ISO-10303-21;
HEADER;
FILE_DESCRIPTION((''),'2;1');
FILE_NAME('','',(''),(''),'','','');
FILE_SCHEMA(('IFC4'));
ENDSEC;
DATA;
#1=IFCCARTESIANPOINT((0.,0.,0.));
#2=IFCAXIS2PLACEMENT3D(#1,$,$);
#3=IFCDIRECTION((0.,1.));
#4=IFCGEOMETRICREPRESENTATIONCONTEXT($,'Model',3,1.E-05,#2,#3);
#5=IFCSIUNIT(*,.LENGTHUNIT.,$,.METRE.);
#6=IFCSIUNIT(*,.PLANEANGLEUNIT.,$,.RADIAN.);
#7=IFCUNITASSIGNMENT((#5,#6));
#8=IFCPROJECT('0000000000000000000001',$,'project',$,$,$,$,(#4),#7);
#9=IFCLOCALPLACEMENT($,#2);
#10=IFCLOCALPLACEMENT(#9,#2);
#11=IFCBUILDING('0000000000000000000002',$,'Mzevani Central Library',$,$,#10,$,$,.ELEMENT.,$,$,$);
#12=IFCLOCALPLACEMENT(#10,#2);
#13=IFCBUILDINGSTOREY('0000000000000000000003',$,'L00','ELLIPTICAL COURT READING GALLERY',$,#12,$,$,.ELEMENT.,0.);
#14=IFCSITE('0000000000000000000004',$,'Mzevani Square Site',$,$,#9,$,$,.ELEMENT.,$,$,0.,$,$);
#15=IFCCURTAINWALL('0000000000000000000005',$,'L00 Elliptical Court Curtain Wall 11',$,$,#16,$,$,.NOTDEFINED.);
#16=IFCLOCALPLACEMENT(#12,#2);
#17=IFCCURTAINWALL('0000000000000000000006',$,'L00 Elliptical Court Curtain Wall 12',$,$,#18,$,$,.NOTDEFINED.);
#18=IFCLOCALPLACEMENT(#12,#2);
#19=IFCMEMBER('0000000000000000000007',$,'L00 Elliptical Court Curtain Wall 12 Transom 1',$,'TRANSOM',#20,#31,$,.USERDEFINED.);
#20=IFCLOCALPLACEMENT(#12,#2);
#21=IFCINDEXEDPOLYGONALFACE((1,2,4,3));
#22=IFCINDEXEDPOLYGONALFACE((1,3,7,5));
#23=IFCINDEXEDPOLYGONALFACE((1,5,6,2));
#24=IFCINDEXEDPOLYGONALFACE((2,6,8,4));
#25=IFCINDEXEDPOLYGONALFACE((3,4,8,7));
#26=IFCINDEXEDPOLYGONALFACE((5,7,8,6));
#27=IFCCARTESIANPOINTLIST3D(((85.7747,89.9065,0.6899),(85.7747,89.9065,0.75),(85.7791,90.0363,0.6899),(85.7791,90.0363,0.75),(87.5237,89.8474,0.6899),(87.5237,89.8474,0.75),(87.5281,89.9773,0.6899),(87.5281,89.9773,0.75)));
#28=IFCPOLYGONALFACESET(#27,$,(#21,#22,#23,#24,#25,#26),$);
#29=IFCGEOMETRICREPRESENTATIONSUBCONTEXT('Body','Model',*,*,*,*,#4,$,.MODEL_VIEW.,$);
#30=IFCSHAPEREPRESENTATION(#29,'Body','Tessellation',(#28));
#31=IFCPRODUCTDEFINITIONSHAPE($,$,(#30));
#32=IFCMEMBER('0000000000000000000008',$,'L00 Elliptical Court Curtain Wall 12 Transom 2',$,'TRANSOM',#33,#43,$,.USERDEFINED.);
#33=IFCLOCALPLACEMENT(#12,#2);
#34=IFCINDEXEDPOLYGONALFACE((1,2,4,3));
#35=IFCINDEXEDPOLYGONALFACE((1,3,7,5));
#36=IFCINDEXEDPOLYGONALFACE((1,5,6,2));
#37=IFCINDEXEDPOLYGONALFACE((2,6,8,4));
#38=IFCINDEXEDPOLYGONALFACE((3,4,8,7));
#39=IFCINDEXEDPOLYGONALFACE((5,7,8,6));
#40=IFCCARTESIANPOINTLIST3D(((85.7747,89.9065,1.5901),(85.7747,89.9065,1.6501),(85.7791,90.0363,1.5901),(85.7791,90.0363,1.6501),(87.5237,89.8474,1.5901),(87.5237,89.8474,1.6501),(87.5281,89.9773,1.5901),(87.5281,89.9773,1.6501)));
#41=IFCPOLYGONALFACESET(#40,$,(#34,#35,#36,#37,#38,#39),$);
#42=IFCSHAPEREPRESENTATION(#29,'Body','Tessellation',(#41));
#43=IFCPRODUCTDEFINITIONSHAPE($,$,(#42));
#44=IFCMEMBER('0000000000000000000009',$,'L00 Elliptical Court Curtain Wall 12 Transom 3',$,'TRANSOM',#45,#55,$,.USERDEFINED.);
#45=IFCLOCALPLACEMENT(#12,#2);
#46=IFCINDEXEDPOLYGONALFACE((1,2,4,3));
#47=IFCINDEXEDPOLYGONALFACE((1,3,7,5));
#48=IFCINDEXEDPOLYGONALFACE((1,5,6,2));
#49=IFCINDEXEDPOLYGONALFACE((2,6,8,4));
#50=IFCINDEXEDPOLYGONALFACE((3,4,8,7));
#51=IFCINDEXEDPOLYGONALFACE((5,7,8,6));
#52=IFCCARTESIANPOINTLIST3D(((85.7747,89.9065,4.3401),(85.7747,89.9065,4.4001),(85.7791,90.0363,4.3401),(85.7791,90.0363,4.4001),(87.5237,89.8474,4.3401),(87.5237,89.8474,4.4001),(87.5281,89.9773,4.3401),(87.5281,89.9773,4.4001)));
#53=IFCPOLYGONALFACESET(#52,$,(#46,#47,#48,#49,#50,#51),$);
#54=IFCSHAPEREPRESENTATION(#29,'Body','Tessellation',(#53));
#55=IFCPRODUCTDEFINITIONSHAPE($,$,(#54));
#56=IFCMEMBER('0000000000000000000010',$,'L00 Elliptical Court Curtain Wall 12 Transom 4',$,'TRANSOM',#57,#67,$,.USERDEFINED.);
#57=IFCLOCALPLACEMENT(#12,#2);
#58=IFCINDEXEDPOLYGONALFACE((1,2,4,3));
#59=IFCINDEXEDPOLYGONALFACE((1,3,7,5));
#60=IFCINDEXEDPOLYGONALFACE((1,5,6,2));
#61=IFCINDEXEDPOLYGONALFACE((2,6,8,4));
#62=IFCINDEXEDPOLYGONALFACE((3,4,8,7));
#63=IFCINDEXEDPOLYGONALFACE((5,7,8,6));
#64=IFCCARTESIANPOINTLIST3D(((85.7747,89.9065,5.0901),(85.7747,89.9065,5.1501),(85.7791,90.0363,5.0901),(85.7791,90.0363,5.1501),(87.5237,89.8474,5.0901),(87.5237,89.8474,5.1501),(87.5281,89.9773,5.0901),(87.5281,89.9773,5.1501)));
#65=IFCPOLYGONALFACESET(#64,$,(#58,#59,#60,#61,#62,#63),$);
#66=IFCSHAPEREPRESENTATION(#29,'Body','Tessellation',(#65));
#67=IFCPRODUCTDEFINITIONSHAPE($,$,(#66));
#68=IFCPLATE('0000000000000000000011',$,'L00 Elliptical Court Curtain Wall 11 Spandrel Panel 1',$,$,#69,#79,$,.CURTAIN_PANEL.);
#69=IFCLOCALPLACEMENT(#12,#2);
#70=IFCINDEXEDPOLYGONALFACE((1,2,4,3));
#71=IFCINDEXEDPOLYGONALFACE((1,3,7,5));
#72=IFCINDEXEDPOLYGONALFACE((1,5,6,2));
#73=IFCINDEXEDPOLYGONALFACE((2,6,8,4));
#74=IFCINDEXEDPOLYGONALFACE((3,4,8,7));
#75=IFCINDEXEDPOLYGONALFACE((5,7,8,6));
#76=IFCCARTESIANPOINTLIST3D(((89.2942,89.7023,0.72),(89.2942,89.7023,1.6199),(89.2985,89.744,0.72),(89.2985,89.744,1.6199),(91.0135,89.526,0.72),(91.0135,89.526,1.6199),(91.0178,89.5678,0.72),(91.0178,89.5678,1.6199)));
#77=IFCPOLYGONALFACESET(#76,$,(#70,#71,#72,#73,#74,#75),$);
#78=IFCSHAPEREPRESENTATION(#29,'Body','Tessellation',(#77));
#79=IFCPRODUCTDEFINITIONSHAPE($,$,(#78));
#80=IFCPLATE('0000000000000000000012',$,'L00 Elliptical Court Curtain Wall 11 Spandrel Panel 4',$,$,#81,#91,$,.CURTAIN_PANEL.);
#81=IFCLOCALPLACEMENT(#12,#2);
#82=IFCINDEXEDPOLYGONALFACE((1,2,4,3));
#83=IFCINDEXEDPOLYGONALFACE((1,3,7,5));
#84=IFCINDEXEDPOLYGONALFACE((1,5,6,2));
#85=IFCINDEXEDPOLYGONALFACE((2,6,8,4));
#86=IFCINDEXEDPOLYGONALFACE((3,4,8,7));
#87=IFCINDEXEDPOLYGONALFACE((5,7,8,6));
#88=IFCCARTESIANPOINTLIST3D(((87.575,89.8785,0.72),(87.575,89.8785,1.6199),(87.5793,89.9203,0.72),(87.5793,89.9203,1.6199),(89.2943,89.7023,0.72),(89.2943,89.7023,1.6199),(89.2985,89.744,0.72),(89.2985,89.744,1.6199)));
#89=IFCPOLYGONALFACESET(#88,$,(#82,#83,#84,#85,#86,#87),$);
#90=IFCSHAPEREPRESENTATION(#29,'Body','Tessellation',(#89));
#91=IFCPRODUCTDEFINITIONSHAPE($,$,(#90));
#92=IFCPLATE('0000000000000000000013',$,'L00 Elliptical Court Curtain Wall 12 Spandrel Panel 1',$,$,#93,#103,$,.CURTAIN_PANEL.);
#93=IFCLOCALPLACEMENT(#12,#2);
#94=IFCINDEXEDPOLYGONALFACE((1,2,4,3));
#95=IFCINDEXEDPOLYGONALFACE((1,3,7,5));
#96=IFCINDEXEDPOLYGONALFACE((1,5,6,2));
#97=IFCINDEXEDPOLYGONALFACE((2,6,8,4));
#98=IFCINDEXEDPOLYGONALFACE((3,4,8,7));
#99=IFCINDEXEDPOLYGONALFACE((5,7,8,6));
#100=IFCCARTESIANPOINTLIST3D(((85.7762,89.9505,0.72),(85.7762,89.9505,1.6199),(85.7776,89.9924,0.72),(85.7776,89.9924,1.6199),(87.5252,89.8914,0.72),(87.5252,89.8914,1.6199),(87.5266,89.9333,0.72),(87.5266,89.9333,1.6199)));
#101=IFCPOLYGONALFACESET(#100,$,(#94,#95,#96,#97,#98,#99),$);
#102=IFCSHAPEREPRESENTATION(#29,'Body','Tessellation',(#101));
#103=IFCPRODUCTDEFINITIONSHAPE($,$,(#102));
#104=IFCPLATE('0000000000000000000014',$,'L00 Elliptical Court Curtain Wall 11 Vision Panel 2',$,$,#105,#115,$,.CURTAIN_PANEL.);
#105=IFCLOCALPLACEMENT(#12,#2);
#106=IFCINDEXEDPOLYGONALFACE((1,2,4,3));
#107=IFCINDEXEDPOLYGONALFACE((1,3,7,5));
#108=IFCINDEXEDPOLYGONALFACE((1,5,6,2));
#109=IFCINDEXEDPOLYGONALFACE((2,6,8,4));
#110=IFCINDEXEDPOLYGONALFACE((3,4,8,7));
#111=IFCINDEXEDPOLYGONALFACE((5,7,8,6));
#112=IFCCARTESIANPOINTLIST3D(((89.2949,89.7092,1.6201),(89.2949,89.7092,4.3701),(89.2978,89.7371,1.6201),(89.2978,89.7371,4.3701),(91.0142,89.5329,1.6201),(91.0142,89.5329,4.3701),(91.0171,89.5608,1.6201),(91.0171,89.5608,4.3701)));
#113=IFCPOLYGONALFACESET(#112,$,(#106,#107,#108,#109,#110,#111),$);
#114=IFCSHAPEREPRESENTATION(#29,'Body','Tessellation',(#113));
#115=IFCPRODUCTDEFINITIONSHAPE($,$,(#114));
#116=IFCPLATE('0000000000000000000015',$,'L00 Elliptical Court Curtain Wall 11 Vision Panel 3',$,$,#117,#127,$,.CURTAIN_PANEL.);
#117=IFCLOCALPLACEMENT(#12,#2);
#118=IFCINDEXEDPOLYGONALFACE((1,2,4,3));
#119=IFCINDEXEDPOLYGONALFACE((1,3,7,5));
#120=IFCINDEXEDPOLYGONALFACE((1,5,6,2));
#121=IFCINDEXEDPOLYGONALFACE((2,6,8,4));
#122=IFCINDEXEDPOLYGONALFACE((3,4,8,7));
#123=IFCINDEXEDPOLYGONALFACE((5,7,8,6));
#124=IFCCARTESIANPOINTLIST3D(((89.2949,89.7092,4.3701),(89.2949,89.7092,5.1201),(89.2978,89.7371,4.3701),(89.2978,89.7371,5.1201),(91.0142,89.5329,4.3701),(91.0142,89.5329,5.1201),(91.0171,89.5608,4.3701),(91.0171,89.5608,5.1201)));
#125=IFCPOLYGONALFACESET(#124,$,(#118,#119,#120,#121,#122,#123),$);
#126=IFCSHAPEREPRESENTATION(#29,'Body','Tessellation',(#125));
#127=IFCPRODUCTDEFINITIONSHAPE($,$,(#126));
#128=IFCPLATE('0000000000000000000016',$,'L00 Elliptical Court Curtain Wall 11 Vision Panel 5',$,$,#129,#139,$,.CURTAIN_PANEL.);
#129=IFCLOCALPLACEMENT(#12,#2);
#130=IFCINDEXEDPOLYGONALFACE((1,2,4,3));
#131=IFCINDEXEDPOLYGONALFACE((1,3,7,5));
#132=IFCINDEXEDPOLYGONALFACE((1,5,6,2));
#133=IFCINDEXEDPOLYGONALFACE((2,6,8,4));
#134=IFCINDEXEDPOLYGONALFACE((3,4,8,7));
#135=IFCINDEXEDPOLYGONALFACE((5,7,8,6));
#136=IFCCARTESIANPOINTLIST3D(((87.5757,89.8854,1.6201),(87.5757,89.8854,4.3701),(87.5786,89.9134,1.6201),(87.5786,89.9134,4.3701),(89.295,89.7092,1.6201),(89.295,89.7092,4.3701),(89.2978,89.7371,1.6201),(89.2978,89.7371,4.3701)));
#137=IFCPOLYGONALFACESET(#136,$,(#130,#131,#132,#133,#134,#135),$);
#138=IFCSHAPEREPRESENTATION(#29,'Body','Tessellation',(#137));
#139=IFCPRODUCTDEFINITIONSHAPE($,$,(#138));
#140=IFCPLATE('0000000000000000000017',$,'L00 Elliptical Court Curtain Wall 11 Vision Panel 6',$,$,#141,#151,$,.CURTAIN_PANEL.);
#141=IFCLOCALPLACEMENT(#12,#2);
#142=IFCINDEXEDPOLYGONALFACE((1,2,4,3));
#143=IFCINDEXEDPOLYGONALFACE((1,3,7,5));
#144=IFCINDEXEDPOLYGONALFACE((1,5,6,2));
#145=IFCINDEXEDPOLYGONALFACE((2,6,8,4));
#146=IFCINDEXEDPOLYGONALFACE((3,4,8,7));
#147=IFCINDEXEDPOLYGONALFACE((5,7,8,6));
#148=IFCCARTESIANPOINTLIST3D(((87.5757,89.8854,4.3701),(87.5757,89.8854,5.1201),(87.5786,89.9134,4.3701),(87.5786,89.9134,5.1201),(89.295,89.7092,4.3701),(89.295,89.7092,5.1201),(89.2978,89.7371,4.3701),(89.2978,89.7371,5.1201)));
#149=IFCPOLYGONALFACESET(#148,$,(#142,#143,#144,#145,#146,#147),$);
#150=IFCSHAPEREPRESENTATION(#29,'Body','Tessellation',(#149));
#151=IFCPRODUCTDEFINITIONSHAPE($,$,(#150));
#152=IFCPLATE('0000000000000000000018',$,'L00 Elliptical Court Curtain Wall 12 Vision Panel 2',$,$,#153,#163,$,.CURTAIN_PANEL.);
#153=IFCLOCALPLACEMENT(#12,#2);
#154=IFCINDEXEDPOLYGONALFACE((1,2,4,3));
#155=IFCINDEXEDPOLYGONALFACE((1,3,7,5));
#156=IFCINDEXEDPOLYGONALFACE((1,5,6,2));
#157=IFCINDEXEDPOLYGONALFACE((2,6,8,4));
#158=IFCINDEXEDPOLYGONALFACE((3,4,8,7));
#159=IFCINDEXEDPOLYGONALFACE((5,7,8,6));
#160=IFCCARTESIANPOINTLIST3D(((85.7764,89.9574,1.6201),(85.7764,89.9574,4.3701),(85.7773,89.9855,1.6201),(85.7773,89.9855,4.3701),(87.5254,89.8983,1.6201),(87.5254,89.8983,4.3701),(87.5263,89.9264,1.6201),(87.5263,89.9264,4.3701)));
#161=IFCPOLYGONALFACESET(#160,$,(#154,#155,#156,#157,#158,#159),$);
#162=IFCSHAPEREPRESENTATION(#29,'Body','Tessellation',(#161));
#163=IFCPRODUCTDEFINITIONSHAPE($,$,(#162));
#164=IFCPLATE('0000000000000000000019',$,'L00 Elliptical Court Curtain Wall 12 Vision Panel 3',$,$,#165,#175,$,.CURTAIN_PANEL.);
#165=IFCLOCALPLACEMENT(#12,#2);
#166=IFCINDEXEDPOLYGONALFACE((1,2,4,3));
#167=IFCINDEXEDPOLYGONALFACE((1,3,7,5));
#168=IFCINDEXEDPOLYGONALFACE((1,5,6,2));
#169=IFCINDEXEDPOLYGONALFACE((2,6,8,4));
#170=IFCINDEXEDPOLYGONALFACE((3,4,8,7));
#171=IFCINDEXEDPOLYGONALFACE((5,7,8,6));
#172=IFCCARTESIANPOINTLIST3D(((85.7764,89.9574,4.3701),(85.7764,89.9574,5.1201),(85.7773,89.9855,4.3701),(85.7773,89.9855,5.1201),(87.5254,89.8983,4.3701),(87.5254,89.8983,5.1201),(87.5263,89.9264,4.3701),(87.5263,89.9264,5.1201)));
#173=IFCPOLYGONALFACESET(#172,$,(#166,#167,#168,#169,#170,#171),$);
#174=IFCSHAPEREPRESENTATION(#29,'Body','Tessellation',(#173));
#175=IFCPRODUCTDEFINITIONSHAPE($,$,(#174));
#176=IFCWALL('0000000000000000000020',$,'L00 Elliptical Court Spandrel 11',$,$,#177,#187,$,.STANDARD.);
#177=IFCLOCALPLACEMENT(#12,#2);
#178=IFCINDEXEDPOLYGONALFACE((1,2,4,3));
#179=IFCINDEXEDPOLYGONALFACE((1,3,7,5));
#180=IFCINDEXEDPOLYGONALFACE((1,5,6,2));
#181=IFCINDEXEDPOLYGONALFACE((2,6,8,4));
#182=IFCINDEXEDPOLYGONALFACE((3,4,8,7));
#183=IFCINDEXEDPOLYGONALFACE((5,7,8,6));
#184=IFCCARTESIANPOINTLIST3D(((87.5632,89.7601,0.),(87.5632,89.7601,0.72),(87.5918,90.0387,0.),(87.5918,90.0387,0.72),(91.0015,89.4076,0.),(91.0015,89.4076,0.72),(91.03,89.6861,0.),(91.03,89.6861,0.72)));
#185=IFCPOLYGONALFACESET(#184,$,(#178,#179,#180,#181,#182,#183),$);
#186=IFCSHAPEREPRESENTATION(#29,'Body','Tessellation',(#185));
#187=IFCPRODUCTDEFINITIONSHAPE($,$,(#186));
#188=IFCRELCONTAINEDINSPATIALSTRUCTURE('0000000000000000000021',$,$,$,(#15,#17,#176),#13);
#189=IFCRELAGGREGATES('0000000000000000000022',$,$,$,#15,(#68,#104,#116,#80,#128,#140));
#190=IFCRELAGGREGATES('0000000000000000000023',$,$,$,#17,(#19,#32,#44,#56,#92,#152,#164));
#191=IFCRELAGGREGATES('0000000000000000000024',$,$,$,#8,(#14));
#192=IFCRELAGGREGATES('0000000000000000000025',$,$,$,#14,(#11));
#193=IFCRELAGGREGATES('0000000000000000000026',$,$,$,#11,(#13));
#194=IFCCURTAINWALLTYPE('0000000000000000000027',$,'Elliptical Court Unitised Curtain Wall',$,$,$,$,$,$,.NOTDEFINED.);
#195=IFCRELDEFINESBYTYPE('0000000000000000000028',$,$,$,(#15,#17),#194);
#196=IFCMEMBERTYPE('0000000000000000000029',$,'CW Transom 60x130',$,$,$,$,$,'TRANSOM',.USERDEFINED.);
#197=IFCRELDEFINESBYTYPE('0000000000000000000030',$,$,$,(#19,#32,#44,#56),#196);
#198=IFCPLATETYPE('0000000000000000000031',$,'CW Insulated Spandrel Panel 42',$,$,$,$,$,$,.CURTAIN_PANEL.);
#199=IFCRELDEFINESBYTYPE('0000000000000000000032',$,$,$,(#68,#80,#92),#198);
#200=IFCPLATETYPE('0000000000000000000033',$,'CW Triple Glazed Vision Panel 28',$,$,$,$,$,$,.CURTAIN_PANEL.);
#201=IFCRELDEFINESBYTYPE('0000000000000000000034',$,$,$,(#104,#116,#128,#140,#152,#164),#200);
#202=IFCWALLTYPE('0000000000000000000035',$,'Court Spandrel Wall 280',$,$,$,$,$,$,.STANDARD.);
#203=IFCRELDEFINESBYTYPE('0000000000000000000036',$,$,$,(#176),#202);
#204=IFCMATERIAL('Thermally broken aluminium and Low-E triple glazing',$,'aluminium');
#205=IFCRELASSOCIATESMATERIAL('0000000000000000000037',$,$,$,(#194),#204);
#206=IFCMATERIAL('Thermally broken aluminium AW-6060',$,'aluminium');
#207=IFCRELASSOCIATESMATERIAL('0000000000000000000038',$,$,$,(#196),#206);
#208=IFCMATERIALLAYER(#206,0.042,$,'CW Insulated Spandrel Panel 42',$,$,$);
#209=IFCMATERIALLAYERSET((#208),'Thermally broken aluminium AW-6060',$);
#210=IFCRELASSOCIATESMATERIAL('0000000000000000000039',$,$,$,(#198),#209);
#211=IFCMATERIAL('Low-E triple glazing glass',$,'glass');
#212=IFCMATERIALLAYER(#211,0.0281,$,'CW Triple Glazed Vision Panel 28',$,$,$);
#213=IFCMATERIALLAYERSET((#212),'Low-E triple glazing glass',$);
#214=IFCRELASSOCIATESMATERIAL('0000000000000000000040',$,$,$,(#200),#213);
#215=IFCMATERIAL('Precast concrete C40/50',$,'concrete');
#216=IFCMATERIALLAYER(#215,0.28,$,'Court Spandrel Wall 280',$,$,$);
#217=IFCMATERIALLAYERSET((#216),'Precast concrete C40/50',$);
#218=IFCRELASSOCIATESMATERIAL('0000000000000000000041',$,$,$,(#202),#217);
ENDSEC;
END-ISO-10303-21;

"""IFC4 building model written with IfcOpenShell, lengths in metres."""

from ifc_helpers import new_model, si_unit, direction, frame, frame_2d, origin, origin_2d, place, context, subcontext, project, spatial, rectangle, extrude, material, layer, layer_set, material_profile, profile_set, type_object, element, aggregate, save


model = new_model("IFC4")

# Units and contexts
model_context = context("Model", 3, precision=1e-05, world=origin(), true_north=direction((0.0, 1.0)))
body_context = subcontext(model_context, "Body", "Model", "MODEL_VIEW")
ifc_project = project(units=[si_unit("LENGTHUNIT", "METRE"), si_unit("PLANEANGLEUNIT", "RADIAN")], contexts=[model_context])

# Site, building, storey
site_placement = place(None, origin())
site = spatial("IfcSite", under=ifc_project, at=site_placement, Name="Mzevani Square Site", CompositionType="ELEMENT", RefElevation=0.0)
building_placement = place(site_placement, origin())
building = spatial("IfcBuilding", under=site, at=building_placement, Name="Mzevani Central Library", CompositionType="ELEMENT")
storey_placement = place(building_placement, origin())
storey = spatial("IfcBuildingStorey", under=building, at=storey_placement, Name="L00", Description="ELLIPTICAL COURT READING GALLERY", CompositionType="ELEMENT", Elevation=0.0)

# Curtain wall
ifc_material_1 = material(Name="Thermally broken aluminium and Low-E triple glazing", Category="aluminium")
curtain_wall_type = type_object("IfcCurtainWallType", Name="Elliptical Court Unitised Curtain Wall", PredefinedType="NOTDEFINED", material=ifc_material_1)
curtain_wall_1_placement = place(storey_placement, origin())
curtain_wall_1 = element("IfcCurtainWall", 1, at=curtain_wall_1_placement, inside=storey, type_object=curtain_wall_type, Name="L00 Elliptical Court Curtain Wall 11", PredefinedType="NOTDEFINED")
ifc_material_2 = material(Name="Thermally broken aluminium AW-6060", Category="aluminium")

# Curtain wall
curtain_wall_2_placement = place(storey_placement, origin())
curtain_wall_2 = element("IfcCurtainWall", 2, at=curtain_wall_2_placement, inside=storey, type_object=curtain_wall_type, Name="L00 Elliptical Court Curtain Wall 12", PredefinedType="NOTDEFINED")

# Members
ifc_material_profile_1 = material_profile(ifc_material_2, rectangle(XDim=0.1299, YDim=0.0601, at=origin_2d()), Name="ALU T60x130")
ifc_profile_set_1 = profile_set([ifc_material_profile_1], Name="Thermally broken aluminium AW-6060")
member_type_1 = type_object("IfcMemberType", Name="CW Transom 60x130", ElementType="TRANSOM", PredefinedType="USERDEFINED", material=ifc_profile_set_1)
member_1_placement = place(storey_placement, frame((87.5259, 89.9124, 0.72), z_axis=(-0.99943, 0.033761, 0.0), x_axis=(-0.033761, -0.99943, 0.0)))
member_1 = element("IfcMember", 3, at=member_1_placement, type_object=member_type_1, Name="L00 Elliptical Court Curtain Wall 12 Transom 1", ObjectType="TRANSOM", PredefinedType="USERDEFINED", context=body_context, shape_type="SweptSolid", body=[
    extrude(rectangle(XDim=0.1299, YDim=0.0601, at=origin_2d()), origin(), (0.0, 0.0, 1.0), 1.75),
])
member_2_placement = place(storey_placement, frame((87.5259, 89.9124, 1.6201), z_axis=(-0.99943, 0.033761, 0.0), x_axis=(-0.033761, -0.99943, 0.0)))
member_2 = element("IfcMember", 4, at=member_2_placement, type_object=member_type_1, Name="L00 Elliptical Court Curtain Wall 12 Transom 2", ObjectType="TRANSOM", PredefinedType="USERDEFINED", context=body_context, shape_type="SweptSolid", body=[
    extrude(rectangle(XDim=0.1299, YDim=0.0601, at=origin_2d()), origin(), (0.0, 0.0, 1.0), 1.75),
])
member_3_placement = place(storey_placement, frame((87.5259, 89.9124, 4.3701), z_axis=(-0.99943, 0.033761, 0.0), x_axis=(-0.033761, -0.99943, 0.0)))
member_3 = element("IfcMember", 5, at=member_3_placement, type_object=member_type_1, Name="L00 Elliptical Court Curtain Wall 12 Transom 3", ObjectType="TRANSOM", PredefinedType="USERDEFINED", context=body_context, shape_type="SweptSolid", body=[
    extrude(rectangle(XDim=0.1299, YDim=0.0601, at=origin_2d()), origin(), (0.0, 0.0, 1.0), 1.75),
])
member_4_placement = place(storey_placement, frame((87.5259, 89.9124, 5.1201), z_axis=(-0.99943, 0.033761, 0.0), x_axis=(-0.033761, -0.99943, 0.0)))
member_4 = element("IfcMember", 6, at=member_4_placement, type_object=member_type_1, Name="L00 Elliptical Court Curtain Wall 12 Transom 4", ObjectType="TRANSOM", PredefinedType="USERDEFINED", context=body_context, shape_type="SweptSolid", body=[
    extrude(rectangle(XDim=0.1299, YDim=0.0601, at=origin_2d()), origin(), (0.0, 0.0, 1.0), 1.75),
])

# Plates
ifc_layer_1 = layer(ifc_material_2, 0.042, Name="CW Insulated Spandrel Panel 42")
ifc_layer_set_1 = layer_set([ifc_layer_1], Name="Thermally broken aluminium AW-6060")
plate_type_1 = type_object("IfcPlateType", Name="CW Insulated Spandrel Panel 42", PredefinedType="CURTAIN_PANEL", material=ifc_layer_set_1)
plate_1_placement = place(storey_placement, frame((90.156, 89.635, 0.72), z_axis=(0.0, 0.0, 1.0), x_axis=(-0.994786, 0.101987, 0.0)))
plate_1 = element("IfcPlate", 7, at=plate_1_placement, type_object=plate_type_1, Name="L00 Elliptical Court Curtain Wall 11 Spandrel Panel 1", PredefinedType="CURTAIN_PANEL", context=body_context, shape_type="SweptSolid", body=[
    extrude(rectangle(XDim=1.7283, YDim=0.042, at=origin_2d()), origin(), (0.0, 0.0, 1.0), 0.8999),
])
plate_2_placement = place(storey_placement, frame((88.4368, 89.8113, 0.72), z_axis=(0.0, 0.0, 1.0), x_axis=(-0.994786, 0.101987, 0.0)))
plate_2 = element("IfcPlate", 8, at=plate_2_placement, type_object=plate_type_1, Name="L00 Elliptical Court Curtain Wall 11 Spandrel Panel 4", PredefinedType="CURTAIN_PANEL", context=body_context, shape_type="SweptSolid", body=[
    extrude(rectangle(XDim=1.7283, YDim=0.042, at=origin_2d()), origin(), (0.0, 0.0, 1.0), 0.8999),
])
plate_3_placement = place(storey_placement, frame((86.6514, 89.9419, 0.72), z_axis=(0.0, 0.0, 1.0), x_axis=(-0.99943, 0.033771, 0.0)))
plate_3 = element("IfcPlate", 9, at=plate_3_placement, type_object=plate_type_1, Name="L00 Elliptical Court Curtain Wall 12 Spandrel Panel 1", PredefinedType="CURTAIN_PANEL", context=body_context, shape_type="SweptSolid", body=[
    extrude(rectangle(XDim=1.75, YDim=0.042, at=origin_2d()), origin(), (0.0, 0.0, 1.0), 0.8999),
])
ifc_material_3 = material(Name="Low-E triple glazing glass", Category="glass")
ifc_layer_2 = layer(ifc_material_3, 0.0281, Name="CW Triple Glazed Vision Panel 28")
ifc_layer_set_2 = layer_set([ifc_layer_2], Name="Low-E triple glazing glass")
plate_type_2 = type_object("IfcPlateType", Name="CW Triple Glazed Vision Panel 28", PredefinedType="CURTAIN_PANEL", material=ifc_layer_set_2)
plate_4_placement = place(storey_placement, frame((90.156, 89.635, 1.6201), z_axis=(0.0, 0.0, 1.0), x_axis=(-0.994786, 0.101987, 0.0)))
plate_4 = element("IfcPlate", 10, at=plate_4_placement, type_object=plate_type_2, Name="L00 Elliptical Court Curtain Wall 11 Vision Panel 2", PredefinedType="CURTAIN_PANEL", context=body_context, shape_type="SweptSolid", body=[
    extrude(rectangle(XDim=1.7283, YDim=0.0281, at=origin_2d()), origin(), (0.0, 0.0, 1.0), 2.75),
])
plate_5_placement = place(storey_placement, frame((90.156, 89.635, 4.3701), z_axis=(0.0, 0.0, 1.0), x_axis=(-0.994786, 0.101987, 0.0)))
plate_5 = element("IfcPlate", 11, at=plate_5_placement, type_object=plate_type_2, Name="L00 Elliptical Court Curtain Wall 11 Vision Panel 3", PredefinedType="CURTAIN_PANEL", context=body_context, shape_type="SweptSolid", body=[
    extrude(rectangle(XDim=1.7283, YDim=0.0281, at=origin_2d()), origin(), (0.0, 0.0, 1.0), 0.75),
])
plate_6_placement = place(storey_placement, frame((88.4368, 89.8113, 1.6201), z_axis=(0.0, 0.0, 1.0), x_axis=(-0.994786, 0.101987, 0.0)))
plate_6 = element("IfcPlate", 12, at=plate_6_placement, type_object=plate_type_2, Name="L00 Elliptical Court Curtain Wall 11 Vision Panel 5", PredefinedType="CURTAIN_PANEL", context=body_context, shape_type="SweptSolid", body=[
    extrude(rectangle(XDim=1.7283, YDim=0.0281, at=origin_2d()), origin(), (0.0, 0.0, 1.0), 2.75),
])
plate_7_placement = place(storey_placement, frame((88.4368, 89.8113, 4.3701), z_axis=(0.0, 0.0, 1.0), x_axis=(-0.994786, 0.101987, 0.0)))
plate_7 = element("IfcPlate", 13, at=plate_7_placement, type_object=plate_type_2, Name="L00 Elliptical Court Curtain Wall 11 Vision Panel 6", PredefinedType="CURTAIN_PANEL", context=body_context, shape_type="SweptSolid", body=[
    extrude(rectangle(XDim=1.7283, YDim=0.0281, at=origin_2d()), origin(), (0.0, 0.0, 1.0), 0.75),
])
aggregate(curtain_wall_1, [plate_1, plate_4, plate_5, plate_2, plate_6, plate_7])
plate_8_placement = place(storey_placement, frame((86.6514, 89.9419, 1.6201), z_axis=(0.0, 0.0, 1.0), x_axis=(-0.99943, 0.033771, 0.0)))
plate_8 = element("IfcPlate", 14, at=plate_8_placement, type_object=plate_type_2, Name="L00 Elliptical Court Curtain Wall 12 Vision Panel 2", PredefinedType="CURTAIN_PANEL", context=body_context, shape_type="SweptSolid", body=[
    extrude(rectangle(XDim=1.75, YDim=0.0281, at=origin_2d()), origin(), (0.0, 0.0, 1.0), 2.75),
])
plate_9_placement = place(storey_placement, frame((86.6514, 89.9419, 4.3701), z_axis=(0.0, 0.0, 1.0), x_axis=(-0.99943, 0.033771, 0.0)))
plate_9 = element("IfcPlate", 15, at=plate_9_placement, type_object=plate_type_2, Name="L00 Elliptical Court Curtain Wall 12 Vision Panel 3", PredefinedType="CURTAIN_PANEL", context=body_context, shape_type="SweptSolid", body=[
    extrude(rectangle(XDim=1.75, YDim=0.0281, at=origin_2d()), origin(), (0.0, 0.0, 1.0), 0.75),
])
aggregate(curtain_wall_2, [member_1, member_2, member_3, member_4, plate_3, plate_8, plate_9])

# Wall
ifc_material_4 = material(Name="Precast concrete C40/50", Category="concrete")
ifc_layer_3 = layer(ifc_material_4, 0.28, Name="Court Spandrel Wall 280")
ifc_layer_set_3 = layer_set([ifc_layer_3], Name="Precast concrete C40/50")
wall_type_1 = type_object("IfcWallType", Name="Court Spandrel Wall 280", PredefinedType="STANDARD", material=ifc_layer_set_3)
wall_1_placement = place(storey_placement, frame((91.0156, 89.5469, 0.0), z_axis=(0.0, 0.0, 1.0), x_axis=(-0.994784, 0.102, 0.0)))
element("IfcWall", 16, at=wall_1_placement, inside=storey, type_object=wall_type_1, Name="L00 Elliptical Court Spandrel 11", PredefinedType="STANDARD", context=body_context, shape_type="SweptSolid", body=[
    extrude(rectangle(XDim=3.4563, YDim=0.28, at=frame_2d((1.728, 0.0))), origin(), (0.0, 0.0, 1.0), 0.72),
])

save(model, "model.ifc")
